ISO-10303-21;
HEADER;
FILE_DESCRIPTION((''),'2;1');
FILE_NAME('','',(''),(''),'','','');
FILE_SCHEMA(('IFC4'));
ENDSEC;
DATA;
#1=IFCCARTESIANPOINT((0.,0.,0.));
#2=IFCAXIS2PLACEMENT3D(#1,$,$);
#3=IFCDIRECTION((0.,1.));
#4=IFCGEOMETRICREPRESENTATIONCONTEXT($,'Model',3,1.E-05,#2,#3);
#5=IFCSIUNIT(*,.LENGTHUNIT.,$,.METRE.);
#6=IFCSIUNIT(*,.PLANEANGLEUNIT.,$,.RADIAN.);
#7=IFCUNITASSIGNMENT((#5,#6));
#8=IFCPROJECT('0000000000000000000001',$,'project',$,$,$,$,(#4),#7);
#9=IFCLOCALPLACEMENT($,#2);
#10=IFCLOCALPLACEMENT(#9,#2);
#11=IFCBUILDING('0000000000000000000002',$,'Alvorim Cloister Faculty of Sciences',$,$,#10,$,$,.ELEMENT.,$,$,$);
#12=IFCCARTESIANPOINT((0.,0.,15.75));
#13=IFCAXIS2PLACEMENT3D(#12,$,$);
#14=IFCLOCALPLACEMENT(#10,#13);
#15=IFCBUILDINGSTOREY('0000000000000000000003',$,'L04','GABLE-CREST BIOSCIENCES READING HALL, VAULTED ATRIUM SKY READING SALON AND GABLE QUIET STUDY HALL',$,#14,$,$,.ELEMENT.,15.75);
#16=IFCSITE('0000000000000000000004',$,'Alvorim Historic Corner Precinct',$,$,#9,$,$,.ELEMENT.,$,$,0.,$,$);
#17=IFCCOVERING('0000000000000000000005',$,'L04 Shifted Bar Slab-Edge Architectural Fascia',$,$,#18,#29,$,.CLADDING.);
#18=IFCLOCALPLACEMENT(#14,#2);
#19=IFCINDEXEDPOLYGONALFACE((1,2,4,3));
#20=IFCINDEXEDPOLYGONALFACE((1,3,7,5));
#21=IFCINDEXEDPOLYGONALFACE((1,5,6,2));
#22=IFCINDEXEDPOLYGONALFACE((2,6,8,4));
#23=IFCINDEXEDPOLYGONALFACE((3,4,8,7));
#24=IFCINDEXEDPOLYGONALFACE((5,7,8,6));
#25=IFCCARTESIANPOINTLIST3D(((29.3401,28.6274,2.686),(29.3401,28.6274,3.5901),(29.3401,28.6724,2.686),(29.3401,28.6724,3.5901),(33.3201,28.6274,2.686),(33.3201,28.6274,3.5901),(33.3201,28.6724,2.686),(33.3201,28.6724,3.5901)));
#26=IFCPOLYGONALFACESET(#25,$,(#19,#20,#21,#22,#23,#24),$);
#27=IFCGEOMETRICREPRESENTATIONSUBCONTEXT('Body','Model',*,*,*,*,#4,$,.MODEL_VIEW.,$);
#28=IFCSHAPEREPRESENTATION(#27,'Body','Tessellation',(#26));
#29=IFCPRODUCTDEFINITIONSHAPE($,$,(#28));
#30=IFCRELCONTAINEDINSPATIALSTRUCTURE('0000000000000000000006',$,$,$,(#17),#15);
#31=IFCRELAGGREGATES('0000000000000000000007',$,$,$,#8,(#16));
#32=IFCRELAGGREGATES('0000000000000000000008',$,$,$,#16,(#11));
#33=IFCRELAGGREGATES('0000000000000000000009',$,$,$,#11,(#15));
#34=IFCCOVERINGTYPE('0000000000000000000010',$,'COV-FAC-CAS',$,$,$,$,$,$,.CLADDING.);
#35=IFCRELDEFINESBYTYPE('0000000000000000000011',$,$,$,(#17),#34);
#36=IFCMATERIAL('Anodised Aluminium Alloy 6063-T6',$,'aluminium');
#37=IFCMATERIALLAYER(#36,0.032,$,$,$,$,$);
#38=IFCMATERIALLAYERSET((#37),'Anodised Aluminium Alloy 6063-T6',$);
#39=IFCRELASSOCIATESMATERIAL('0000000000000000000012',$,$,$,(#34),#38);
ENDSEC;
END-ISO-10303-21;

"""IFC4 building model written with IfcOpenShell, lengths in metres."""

from ifc_helpers import new_model, si_unit, direction, frame, origin, place, context, subcontext, project, spatial, polyline, outline, extrude, material, layer, layer_set, type_object, element, save


model = new_model("IFC4")

# Units and contexts
model_context = context("Model", 3, precision=1e-05, world=origin(), true_north=direction((0.0, 1.0)))
body_context = subcontext(model_context, "Body", "Model", "MODEL_VIEW")
ifc_project = project(units=[si_unit("LENGTHUNIT", "METRE"), si_unit("PLANEANGLEUNIT", "RADIAN")], contexts=[model_context])

# Site, building, storey
site_placement = place(None, origin())
site = spatial("IfcSite", under=ifc_project, at=site_placement, Name="Alvorim Historic Corner Precinct", CompositionType="ELEMENT", RefElevation=0.0)
building_placement = place(site_placement, origin())
building = spatial("IfcBuilding", under=site, at=building_placement, Name="Alvorim Cloister Faculty of Sciences", CompositionType="ELEMENT")
storey_placement = place(building_placement, frame((0.0, 0.0, 15.75)))
storey = spatial("IfcBuildingStorey", under=building, at=storey_placement, Name="L04", Description="GABLE-CREST BIOSCIENCES READING HALL, VAULTED ATRIUM SKY READING SALON AND GABLE QUIET STUDY HALL", CompositionType="ELEMENT", Elevation=15.75)

# Covering
ifc_material_1 = material(Name="Anodised Aluminium Alloy 6063-T6", Category="aluminium")
ifc_layer_1 = layer(ifc_material_1, 0.032)
ifc_layer_set_1 = layer_set([ifc_layer_1], Name="Anodised Aluminium Alloy 6063-T6")
covering_type = type_object("IfcCoveringType", Name="COV-FAC-CAS", PredefinedType="CLADDING", material=ifc_layer_set_1)
covering_placement = place(storey_placement, frame((29.3401, 28.6499, 2.686), z_axis=(0.0, 0.0, 1.0), x_axis=(1.0, 0.0, 0.0)))
element("IfcCovering", 1, at=covering_placement, inside=storey, type_object=covering_type, Name="L04 Shifted Bar Slab-Edge Architectural Fascia", PredefinedType="CLADDING", context=body_context, shape_type="SweptSolid", body=[
    extrude(outline(polyline([(0.0, 0.0), (3.98, 0.0), (3.98, 0.9041), (0.0, 0.9041), (0.0, 0.0)])), frame((0.0, 0.0225, 0.0), z_axis=(0.0, -1.0, 0.0), x_axis=(1.0, 0.0, 0.0)), (0.0, 0.0, 1.0), 0.0449),
])

save(model, "model.ifc")
